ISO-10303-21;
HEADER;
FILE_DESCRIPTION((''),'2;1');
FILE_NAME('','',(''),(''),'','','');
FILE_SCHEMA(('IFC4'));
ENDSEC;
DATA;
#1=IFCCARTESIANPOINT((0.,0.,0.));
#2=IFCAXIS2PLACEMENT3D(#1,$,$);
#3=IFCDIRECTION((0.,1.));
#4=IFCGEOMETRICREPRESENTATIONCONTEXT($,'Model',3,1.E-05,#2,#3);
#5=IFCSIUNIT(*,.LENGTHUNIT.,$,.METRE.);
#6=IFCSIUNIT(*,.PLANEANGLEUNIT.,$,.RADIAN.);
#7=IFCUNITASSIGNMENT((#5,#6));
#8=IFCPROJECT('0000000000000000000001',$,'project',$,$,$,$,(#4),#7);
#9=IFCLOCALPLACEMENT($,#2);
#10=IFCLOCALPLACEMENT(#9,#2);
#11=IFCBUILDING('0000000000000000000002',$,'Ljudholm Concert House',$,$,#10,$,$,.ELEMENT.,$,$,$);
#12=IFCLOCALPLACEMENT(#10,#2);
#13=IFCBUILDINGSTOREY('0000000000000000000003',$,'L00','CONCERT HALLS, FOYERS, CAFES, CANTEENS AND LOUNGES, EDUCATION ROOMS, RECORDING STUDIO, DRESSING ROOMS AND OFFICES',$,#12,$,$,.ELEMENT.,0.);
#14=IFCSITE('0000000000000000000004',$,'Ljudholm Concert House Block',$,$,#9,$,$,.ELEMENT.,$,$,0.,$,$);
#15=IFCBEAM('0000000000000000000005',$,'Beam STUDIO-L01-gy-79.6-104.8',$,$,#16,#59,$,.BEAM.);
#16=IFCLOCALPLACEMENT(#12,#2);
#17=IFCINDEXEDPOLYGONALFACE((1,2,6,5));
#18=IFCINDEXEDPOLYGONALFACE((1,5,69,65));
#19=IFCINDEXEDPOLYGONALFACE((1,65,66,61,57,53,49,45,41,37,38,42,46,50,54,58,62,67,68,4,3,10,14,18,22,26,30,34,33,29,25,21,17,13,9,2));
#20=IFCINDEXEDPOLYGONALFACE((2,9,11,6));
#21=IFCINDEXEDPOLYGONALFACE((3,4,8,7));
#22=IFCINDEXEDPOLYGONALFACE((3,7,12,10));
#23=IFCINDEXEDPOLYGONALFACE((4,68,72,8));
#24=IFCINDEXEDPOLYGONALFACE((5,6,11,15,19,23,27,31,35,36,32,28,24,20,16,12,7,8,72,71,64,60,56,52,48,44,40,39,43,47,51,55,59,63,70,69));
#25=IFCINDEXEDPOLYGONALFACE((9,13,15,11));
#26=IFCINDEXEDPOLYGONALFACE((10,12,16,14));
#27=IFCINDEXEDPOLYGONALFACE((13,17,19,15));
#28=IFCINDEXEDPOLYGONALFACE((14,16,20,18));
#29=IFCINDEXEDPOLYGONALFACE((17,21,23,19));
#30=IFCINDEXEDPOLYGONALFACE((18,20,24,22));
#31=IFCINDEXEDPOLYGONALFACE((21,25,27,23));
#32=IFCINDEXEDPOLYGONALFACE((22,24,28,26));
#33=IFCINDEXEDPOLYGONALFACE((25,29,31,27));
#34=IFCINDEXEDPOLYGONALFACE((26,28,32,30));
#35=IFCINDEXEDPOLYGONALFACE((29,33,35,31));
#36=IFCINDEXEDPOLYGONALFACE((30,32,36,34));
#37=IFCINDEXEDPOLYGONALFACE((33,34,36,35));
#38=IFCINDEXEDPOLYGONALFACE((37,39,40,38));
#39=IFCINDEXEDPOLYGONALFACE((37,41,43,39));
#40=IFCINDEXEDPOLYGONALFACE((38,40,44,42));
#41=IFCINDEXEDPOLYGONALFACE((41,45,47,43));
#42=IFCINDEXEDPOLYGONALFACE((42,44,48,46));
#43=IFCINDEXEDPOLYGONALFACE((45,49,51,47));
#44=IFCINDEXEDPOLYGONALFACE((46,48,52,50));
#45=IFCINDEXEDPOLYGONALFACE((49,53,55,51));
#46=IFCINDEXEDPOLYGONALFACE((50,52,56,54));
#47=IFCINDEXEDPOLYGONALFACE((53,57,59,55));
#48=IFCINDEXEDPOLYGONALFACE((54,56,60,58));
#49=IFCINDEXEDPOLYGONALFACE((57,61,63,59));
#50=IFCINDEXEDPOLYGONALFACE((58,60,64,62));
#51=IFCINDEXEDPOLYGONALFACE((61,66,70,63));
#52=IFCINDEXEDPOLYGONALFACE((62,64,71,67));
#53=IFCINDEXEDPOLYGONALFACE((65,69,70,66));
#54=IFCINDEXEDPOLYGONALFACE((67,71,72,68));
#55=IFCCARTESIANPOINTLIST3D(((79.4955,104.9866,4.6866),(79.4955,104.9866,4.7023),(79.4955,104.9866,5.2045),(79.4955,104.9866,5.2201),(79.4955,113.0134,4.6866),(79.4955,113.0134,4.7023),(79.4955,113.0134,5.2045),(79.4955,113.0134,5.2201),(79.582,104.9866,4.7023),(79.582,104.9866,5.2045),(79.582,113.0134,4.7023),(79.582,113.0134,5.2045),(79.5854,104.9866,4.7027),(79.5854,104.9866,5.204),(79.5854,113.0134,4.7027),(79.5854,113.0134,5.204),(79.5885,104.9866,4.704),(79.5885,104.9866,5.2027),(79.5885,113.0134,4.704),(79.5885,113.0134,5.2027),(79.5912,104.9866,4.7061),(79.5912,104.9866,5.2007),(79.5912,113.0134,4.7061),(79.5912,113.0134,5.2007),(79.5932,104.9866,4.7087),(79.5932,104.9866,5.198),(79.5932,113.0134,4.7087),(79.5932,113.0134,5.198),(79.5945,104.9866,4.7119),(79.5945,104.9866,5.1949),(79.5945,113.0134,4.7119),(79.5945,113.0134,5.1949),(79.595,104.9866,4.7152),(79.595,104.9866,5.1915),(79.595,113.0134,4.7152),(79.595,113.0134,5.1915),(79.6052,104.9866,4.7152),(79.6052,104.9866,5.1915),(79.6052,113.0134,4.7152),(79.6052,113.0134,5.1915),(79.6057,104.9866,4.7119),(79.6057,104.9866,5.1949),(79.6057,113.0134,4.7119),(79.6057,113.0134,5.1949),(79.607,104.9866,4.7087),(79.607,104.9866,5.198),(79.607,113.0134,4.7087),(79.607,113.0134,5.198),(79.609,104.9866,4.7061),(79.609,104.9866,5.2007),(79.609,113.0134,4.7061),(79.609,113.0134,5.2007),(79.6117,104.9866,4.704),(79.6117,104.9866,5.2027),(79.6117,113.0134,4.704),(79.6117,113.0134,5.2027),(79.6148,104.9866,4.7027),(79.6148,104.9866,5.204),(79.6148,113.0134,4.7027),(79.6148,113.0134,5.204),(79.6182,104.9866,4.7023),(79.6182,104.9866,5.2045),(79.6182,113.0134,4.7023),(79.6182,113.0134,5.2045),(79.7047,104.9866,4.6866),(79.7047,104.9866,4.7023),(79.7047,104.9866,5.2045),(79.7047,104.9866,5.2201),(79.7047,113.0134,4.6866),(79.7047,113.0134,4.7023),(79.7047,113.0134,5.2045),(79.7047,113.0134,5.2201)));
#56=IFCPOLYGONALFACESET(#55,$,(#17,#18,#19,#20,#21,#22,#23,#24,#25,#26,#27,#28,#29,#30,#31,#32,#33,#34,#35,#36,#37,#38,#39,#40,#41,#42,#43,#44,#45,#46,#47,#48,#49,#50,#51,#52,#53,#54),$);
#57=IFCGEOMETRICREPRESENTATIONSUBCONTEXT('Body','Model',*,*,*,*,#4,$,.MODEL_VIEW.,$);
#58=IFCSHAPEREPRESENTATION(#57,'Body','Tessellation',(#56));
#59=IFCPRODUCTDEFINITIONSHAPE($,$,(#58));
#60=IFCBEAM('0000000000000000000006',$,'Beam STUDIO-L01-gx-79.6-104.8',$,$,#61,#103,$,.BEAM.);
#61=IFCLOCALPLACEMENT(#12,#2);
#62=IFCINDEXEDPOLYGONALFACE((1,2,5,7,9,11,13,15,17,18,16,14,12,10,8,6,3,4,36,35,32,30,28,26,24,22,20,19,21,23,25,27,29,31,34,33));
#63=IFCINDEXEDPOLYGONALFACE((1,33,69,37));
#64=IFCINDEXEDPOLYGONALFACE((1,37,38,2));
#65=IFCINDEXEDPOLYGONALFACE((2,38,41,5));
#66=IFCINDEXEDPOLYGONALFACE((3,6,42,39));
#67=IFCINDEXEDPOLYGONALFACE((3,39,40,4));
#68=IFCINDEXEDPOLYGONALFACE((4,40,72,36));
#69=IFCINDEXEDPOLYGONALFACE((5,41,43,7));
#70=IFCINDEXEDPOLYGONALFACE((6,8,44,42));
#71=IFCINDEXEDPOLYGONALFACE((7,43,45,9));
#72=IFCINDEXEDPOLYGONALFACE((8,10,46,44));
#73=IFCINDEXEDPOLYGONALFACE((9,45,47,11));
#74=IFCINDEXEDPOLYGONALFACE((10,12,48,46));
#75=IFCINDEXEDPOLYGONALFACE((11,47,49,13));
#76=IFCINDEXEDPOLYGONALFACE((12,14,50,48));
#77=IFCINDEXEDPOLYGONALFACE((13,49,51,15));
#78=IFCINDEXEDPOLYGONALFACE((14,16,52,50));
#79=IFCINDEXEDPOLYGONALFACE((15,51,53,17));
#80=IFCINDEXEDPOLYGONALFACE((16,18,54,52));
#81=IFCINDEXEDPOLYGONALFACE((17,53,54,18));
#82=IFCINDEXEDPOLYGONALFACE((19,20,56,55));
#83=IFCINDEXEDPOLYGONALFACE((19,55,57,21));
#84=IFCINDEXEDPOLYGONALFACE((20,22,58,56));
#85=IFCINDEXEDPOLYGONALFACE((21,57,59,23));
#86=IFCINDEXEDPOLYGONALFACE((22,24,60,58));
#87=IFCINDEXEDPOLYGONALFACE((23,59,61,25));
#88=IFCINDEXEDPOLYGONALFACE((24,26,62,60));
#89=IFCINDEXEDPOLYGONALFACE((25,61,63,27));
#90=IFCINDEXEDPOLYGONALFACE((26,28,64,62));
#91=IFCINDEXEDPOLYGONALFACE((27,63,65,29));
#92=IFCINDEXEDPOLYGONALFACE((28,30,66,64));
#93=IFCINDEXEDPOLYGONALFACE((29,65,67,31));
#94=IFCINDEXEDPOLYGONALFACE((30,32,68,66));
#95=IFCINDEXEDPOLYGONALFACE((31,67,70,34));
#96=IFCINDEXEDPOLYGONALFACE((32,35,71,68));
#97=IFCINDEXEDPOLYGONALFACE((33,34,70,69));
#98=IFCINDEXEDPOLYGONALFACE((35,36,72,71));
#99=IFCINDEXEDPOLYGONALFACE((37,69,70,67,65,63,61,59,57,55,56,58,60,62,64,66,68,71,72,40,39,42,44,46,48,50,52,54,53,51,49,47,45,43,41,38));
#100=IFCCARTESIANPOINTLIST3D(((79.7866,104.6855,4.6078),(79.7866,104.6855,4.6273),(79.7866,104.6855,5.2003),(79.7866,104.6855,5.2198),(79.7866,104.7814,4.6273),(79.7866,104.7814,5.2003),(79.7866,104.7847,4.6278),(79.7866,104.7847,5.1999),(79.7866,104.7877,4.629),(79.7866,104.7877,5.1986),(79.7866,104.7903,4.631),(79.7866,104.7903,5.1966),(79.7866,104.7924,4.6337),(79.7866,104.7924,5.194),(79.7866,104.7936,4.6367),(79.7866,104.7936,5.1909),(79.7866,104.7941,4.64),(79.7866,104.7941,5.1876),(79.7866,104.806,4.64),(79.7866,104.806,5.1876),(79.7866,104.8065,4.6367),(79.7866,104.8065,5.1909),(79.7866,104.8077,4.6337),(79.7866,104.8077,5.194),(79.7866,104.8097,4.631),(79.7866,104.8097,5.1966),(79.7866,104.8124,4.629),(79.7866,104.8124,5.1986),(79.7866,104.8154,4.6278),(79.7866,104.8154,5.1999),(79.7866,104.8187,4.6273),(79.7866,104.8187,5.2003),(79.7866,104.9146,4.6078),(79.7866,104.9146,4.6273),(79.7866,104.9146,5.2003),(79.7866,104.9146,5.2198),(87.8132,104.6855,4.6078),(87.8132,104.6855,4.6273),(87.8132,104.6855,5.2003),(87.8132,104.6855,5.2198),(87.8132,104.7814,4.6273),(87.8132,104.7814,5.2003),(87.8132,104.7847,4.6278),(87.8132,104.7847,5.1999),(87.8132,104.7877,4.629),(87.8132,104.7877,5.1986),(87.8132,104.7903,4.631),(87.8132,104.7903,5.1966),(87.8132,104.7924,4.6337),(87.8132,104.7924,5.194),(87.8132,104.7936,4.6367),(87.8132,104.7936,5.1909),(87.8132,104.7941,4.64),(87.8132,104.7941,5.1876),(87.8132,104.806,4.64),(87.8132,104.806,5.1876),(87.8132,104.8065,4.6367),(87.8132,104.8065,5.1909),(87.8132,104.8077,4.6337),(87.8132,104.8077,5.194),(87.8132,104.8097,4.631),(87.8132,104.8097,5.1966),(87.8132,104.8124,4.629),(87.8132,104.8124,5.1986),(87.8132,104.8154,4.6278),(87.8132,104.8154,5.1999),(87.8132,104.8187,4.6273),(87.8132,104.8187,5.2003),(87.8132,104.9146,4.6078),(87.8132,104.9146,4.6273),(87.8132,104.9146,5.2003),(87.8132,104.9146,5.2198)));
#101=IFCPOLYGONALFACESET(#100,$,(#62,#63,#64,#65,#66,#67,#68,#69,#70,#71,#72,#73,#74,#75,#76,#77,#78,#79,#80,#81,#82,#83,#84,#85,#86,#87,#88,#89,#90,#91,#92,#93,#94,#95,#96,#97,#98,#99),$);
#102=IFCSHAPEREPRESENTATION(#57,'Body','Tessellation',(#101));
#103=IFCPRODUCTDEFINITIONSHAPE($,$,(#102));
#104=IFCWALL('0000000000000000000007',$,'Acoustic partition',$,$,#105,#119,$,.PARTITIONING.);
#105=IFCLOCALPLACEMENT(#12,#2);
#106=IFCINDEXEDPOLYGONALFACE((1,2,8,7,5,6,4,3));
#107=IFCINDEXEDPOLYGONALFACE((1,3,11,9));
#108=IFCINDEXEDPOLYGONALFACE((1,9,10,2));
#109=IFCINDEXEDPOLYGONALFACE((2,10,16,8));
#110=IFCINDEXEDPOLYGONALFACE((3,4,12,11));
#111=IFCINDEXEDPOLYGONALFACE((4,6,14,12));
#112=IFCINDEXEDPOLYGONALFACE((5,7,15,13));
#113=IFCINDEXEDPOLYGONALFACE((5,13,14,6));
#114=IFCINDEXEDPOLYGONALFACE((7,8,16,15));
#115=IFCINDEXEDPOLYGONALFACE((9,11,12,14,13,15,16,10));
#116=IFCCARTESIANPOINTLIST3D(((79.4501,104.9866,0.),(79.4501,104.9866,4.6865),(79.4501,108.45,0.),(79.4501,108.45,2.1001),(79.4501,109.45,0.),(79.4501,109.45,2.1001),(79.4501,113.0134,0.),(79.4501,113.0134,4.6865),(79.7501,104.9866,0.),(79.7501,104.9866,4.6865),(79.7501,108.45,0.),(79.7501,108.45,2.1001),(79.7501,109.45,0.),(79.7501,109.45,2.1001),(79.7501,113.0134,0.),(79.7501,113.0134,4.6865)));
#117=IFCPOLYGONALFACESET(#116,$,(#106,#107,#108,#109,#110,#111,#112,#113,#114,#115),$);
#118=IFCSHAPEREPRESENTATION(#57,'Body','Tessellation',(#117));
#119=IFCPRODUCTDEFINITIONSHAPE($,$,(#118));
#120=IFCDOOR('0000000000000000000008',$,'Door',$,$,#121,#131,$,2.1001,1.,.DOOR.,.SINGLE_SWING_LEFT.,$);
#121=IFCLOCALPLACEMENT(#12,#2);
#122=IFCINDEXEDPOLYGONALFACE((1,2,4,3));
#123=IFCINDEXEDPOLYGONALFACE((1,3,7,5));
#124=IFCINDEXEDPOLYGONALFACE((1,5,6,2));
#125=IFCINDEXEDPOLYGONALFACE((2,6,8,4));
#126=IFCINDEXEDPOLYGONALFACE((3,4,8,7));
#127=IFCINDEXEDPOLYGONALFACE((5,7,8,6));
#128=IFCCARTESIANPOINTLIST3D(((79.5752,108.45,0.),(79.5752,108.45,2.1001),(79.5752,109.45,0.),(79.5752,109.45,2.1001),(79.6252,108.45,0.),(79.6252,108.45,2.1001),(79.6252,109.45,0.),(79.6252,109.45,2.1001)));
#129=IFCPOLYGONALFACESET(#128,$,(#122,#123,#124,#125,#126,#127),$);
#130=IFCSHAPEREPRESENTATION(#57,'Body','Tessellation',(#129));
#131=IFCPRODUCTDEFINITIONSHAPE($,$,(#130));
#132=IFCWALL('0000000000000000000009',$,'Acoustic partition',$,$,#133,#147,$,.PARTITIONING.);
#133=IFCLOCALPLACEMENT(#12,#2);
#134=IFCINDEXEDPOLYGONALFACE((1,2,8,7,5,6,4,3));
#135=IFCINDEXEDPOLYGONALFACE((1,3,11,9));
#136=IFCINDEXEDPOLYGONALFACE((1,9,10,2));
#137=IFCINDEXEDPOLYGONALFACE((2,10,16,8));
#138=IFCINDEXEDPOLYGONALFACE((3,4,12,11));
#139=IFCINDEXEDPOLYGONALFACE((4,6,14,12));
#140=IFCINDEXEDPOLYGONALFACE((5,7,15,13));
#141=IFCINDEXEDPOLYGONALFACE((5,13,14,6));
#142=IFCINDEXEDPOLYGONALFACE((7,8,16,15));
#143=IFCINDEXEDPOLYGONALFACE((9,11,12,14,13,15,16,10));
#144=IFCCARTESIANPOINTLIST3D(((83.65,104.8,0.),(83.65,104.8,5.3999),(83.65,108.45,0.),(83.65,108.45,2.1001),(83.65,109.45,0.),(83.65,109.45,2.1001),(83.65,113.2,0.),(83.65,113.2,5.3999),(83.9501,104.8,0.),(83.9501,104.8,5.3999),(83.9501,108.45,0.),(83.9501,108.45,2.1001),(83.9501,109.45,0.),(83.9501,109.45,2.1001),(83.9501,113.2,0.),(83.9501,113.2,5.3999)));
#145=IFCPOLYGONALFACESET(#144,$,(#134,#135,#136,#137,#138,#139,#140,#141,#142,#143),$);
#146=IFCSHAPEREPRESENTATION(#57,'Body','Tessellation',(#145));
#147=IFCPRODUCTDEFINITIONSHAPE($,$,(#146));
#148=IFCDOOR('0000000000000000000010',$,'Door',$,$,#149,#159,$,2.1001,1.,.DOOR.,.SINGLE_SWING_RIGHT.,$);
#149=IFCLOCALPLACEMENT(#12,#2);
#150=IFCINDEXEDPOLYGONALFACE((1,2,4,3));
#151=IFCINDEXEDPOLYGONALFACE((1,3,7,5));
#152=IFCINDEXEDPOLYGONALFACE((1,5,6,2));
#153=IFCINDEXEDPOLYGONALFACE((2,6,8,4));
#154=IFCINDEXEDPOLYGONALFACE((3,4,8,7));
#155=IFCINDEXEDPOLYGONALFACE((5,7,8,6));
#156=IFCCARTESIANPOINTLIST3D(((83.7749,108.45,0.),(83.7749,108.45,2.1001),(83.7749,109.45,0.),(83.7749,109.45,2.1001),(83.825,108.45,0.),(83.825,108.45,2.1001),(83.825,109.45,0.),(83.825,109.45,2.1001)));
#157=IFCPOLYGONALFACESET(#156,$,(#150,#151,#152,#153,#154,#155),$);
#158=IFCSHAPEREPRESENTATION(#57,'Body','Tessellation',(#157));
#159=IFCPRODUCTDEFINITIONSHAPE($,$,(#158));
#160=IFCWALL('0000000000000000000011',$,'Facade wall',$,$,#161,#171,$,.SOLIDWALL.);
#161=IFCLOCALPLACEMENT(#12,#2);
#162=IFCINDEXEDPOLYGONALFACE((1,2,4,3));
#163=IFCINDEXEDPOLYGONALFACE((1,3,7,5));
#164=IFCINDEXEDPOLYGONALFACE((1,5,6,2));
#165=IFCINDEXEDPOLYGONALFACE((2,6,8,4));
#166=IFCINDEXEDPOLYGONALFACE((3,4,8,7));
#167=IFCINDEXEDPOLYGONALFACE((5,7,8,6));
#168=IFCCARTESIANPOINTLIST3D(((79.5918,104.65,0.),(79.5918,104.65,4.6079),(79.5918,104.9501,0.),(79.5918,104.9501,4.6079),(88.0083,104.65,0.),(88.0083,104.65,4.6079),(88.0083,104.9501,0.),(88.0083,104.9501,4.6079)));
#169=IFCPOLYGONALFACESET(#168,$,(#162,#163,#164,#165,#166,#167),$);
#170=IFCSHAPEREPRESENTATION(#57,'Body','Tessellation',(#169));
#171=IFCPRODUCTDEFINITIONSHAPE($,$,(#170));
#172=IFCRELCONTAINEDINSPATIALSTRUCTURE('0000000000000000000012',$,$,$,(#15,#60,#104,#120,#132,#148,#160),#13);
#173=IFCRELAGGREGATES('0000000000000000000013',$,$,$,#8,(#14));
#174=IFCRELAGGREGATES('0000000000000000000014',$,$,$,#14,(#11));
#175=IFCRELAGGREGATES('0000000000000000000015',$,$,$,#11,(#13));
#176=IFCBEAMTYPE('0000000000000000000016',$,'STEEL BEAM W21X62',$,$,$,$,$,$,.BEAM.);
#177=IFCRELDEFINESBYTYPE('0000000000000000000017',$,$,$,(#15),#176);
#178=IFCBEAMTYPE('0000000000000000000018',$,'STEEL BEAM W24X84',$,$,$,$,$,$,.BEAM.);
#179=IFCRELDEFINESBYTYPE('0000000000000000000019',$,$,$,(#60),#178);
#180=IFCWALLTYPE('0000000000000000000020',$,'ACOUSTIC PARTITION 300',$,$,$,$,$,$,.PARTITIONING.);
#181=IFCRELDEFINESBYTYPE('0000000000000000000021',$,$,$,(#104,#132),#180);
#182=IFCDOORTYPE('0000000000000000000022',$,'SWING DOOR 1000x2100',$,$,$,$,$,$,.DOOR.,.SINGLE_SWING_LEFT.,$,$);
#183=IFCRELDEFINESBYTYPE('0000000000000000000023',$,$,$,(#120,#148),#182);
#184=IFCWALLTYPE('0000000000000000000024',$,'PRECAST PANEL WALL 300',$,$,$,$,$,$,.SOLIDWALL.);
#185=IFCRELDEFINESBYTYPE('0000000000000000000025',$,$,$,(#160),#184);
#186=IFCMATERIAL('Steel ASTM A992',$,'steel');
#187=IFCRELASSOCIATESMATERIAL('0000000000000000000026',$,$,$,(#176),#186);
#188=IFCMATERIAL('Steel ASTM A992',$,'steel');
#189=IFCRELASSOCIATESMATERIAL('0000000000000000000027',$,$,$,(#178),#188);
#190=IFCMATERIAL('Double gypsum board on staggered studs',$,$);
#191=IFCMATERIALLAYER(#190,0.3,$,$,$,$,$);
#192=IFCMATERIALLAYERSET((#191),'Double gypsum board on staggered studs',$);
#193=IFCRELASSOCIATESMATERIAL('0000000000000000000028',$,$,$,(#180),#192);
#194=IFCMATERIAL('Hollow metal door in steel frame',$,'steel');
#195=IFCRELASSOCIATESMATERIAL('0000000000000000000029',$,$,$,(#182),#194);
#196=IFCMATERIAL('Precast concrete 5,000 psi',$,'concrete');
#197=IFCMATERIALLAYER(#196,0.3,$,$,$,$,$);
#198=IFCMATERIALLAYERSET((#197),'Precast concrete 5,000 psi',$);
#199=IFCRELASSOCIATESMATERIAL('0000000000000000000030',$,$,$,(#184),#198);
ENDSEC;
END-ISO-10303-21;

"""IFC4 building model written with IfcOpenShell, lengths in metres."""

from ifc_helpers import new_model, si_unit, direction, frame, frame_2d, origin, origin_2d, place, context, subcontext, project, spatial, rectangle, i_section, extrude, material, layer, layer_set, material_profile, profile_set, type_object, element, fill, save


model = new_model("IFC4")

# Units and contexts
model_context = context("Model", 3, precision=1e-05, world=origin(), true_north=direction((0.0, 1.0)))
body_context = subcontext(model_context, "Body", "Model", "MODEL_VIEW")
ifc_project = project(units=[si_unit("LENGTHUNIT", "METRE"), si_unit("PLANEANGLEUNIT", "RADIAN")], contexts=[model_context])

# Site, building, storey
site_placement = place(None, origin())
site = spatial("IfcSite", under=ifc_project, at=site_placement, Name="Ljudholm Concert House Block", CompositionType="ELEMENT", RefElevation=0.0)
building_placement = place(site_placement, origin())
building = spatial("IfcBuilding", under=site, at=building_placement, Name="Ljudholm Concert House", CompositionType="ELEMENT")
storey_placement = place(building_placement, origin())
storey = spatial("IfcBuildingStorey", under=building, at=storey_placement, Name="L00", Description="CONCERT HALLS, FOYERS, CAFES, CANTEENS AND LOUNGES, EDUCATION ROOMS, RECORDING STUDIO, DRESSING ROOMS AND OFFICES", CompositionType="ELEMENT", Elevation=0.0)

# Beams
ifc_material_1 = material(Name="Steel ASTM A992", Category="steel")
ifc_material_profile_1 = material_profile(ifc_material_1, i_section(OverallWidth=0.2092, OverallDepth=0.5334, WebThickness=0.0103, FlangeThickness=0.0156, FilletRadius=0.0129, at=origin_2d()), Name="W21X62")
ifc_profile_set_1 = profile_set([ifc_material_profile_1], Name="Steel ASTM A992")
beam_type_1 = type_object("IfcBeamType", Name="STEEL BEAM W21X62", PredefinedType="BEAM", material=ifc_profile_set_1)
beam_1_placement = place(storey_placement, frame((79.6001, 104.9866, 4.9534), z_axis=(0.0, 1.0, 0.0), x_axis=(-1.0, 0.0, 0.0)))
element("IfcBeam", 1, at=beam_1_placement, inside=storey, type_object=beam_type_1, Name="Beam STUDIO-L01-gy-79.6-104.8", PredefinedType="BEAM", context=body_context, shape_type="SweptSolid", body=[
    extrude(i_section(OverallWidth=0.2092, OverallDepth=0.5334, WebThickness=0.0103, FlangeThickness=0.0156, FilletRadius=0.0129, at=origin_2d()), origin(), (0.0, 0.0, 1.0), 8.0269),
])
ifc_material_2 = material(Name="Steel ASTM A992", Category="steel")
ifc_material_profile_2 = material_profile(ifc_material_2, i_section(OverallWidth=0.229, OverallDepth=0.6121, WebThickness=0.012, FlangeThickness=0.0195, FilletRadius=0.0127, at=origin_2d()), Name="W24X84")
ifc_profile_set_2 = profile_set([ifc_material_profile_2], Name="Steel ASTM A992")
beam_type_2 = type_object("IfcBeamType", Name="STEEL BEAM W24X84", PredefinedType="BEAM", material=ifc_profile_set_2)
beam_2_placement = place(storey_placement, frame((79.7866, 104.8, 4.9138), z_axis=(1.0, 0.0, 0.0), x_axis=(0.0, 1.0, 0.0)))
element("IfcBeam", 2, at=beam_2_placement, inside=storey, type_object=beam_type_2, Name="Beam STUDIO-L01-gx-79.6-104.8", PredefinedType="BEAM", context=body_context, shape_type="SweptSolid", body=[
    extrude(i_section(OverallWidth=0.229, OverallDepth=0.6121, WebThickness=0.012, FlangeThickness=0.0195, FilletRadius=0.0127, at=origin_2d()), origin(), (0.0, 0.0, 1.0), 8.0266),
])

# Walls, openings, doors
ifc_material_3 = material(Name="Double gypsum board on staggered studs")
ifc_layer_1 = layer(ifc_material_3, 0.3)
ifc_layer_set_1 = layer_set([ifc_layer_1], Name="Double gypsum board on staggered studs")
wall_type_1 = type_object("IfcWallType", Name="ACOUSTIC PARTITION 300", PredefinedType="PARTITIONING", material=ifc_layer_set_1)
wall_1_placement = place(storey_placement, frame((79.6001, 104.9866, 0.0), z_axis=(0.0, 0.0, 1.0), x_axis=(0.0, 1.0, 0.0)))
wall_1 = element("IfcWall", 3, at=wall_1_placement, inside=storey, type_object=wall_type_1, Name="Acoustic partition", PredefinedType="PARTITIONING", context=body_context, shape_type="SweptSolid", body=[
    extrude(rectangle(XDim=8.0269, YDim=0.3, at=frame_2d((4.0134, 0.0))), origin(), (0.0, 0.0, 1.0), 4.6865),
])
opening_1_placement = place(wall_1_placement, frame((3.4634, 0.0, 0.0)))
opening_1 = element("IfcOpeningElement", 4, at=opening_1_placement, cuts=wall_1, PredefinedType="OPENING", context=body_context, shape_type="SweptSolid", body=[
    extrude(rectangle(XDim=1.0, YDim=2.1001, at=frame_2d((0.5, 1.05))), frame((0.0, 0.1599, 0.0), z_axis=(0.0, -1.0, 0.0), x_axis=(1.0, 0.0, 0.0)), (0.0, 0.0, 1.0), 0.3201),
])
ifc_material_4 = material(Name="Hollow metal door in steel frame", Category="steel")
door_type = type_object("IfcDoorType", Name="SWING DOOR 1000x2100", OperationType="SINGLE_SWING_LEFT", PredefinedType="DOOR", material=ifc_material_4)
door_1_placement = place(opening_1_placement, origin())
door_1 = element("IfcDoor", 5, at=door_1_placement, inside=storey, type_object=door_type, Name="Door", OperationType="SINGLE_SWING_LEFT", OverallHeight=2.1001, OverallWidth=1.0, PredefinedType="DOOR", context=body_context, shape_type="SweptSolid", body=[
    extrude(rectangle(XDim=1.0, YDim=2.1001, at=frame_2d((0.5, 1.05))), frame((0.0, 0.0249, 0.0), z_axis=(0.0, -1.0, 0.0), x_axis=(1.0, 0.0, 0.0)), (0.0, 0.0, 1.0), 0.05),
])
fill(opening_1, door_1)
wall_2_placement = place(storey_placement, frame((83.8, 104.8, 0.0), z_axis=(0.0, 0.0, 1.0), x_axis=(0.0, 1.0, 0.0)))
wall_2 = element("IfcWall", 6, at=wall_2_placement, inside=storey, type_object=wall_type_1, Name="Acoustic partition", PredefinedType="PARTITIONING", context=body_context, shape_type="SweptSolid", body=[
    extrude(rectangle(XDim=8.3999, YDim=0.3, at=frame_2d((4.2, 0.0))), origin(), (0.0, 0.0, 1.0), 5.3999),
])
opening_2_placement = place(wall_2_placement, frame((3.6499, 0.0, 0.0)))
opening_2 = element("IfcOpeningElement", 7, at=opening_2_placement, cuts=wall_2, PredefinedType="OPENING", context=body_context, shape_type="SweptSolid", body=[
    extrude(rectangle(XDim=1.0, YDim=2.1001, at=frame_2d((0.5, 1.05))), frame((0.0, 0.1599, 0.0), z_axis=(0.0, -1.0, 0.0), x_axis=(1.0, 0.0, 0.0)), (0.0, 0.0, 1.0), 0.3201),
])
door_2_placement = place(opening_2_placement, frame((1.0, 0.0, 0.0), z_axis=(0.0, 0.0, 1.0), x_axis=(-1.0, 0.0, 0.0)))
door_2 = element("IfcDoor", 8, at=door_2_placement, inside=storey, type_object=door_type, Name="Door", OperationType="SINGLE_SWING_RIGHT", OverallHeight=2.1001, OverallWidth=1.0, PredefinedType="DOOR", context=body_context, shape_type="SweptSolid", body=[
    extrude(rectangle(XDim=1.0, YDim=2.1001, at=frame_2d((0.5, 1.05))), frame((0.0, 0.0249, 0.0), z_axis=(0.0, -1.0, 0.0), x_axis=(1.0, 0.0, 0.0)), (0.0, 0.0, 1.0), 0.05),
])
fill(opening_2, door_2)

# Wall
ifc_material_5 = material(Name="Precast concrete 5,000 psi", Category="concrete")
ifc_layer_2 = layer(ifc_material_5, 0.3)
ifc_layer_set_2 = layer_set([ifc_layer_2], Name="Precast concrete 5,000 psi")
wall_type_2 = type_object("IfcWallType", Name="PRECAST PANEL WALL 300", PredefinedType="SOLIDWALL", material=ifc_layer_set_2)
wall_3_placement = place(storey_placement, frame((79.5918, 104.8, 0.0), z_axis=(0.0, 0.0, 1.0), x_axis=(1.0, 0.0, 0.0)))
element("IfcWall", 9, at=wall_3_placement, inside=storey, type_object=wall_type_2, Name="Facade wall", PredefinedType="SOLIDWALL", context=body_context, shape_type="SweptSolid", body=[
    extrude(rectangle(XDim=8.4165, YDim=0.3, at=frame_2d((4.2083, 0.0))), origin(), (0.0, 0.0, 1.0), 4.6079),
])

save(model, "model.ifc")
